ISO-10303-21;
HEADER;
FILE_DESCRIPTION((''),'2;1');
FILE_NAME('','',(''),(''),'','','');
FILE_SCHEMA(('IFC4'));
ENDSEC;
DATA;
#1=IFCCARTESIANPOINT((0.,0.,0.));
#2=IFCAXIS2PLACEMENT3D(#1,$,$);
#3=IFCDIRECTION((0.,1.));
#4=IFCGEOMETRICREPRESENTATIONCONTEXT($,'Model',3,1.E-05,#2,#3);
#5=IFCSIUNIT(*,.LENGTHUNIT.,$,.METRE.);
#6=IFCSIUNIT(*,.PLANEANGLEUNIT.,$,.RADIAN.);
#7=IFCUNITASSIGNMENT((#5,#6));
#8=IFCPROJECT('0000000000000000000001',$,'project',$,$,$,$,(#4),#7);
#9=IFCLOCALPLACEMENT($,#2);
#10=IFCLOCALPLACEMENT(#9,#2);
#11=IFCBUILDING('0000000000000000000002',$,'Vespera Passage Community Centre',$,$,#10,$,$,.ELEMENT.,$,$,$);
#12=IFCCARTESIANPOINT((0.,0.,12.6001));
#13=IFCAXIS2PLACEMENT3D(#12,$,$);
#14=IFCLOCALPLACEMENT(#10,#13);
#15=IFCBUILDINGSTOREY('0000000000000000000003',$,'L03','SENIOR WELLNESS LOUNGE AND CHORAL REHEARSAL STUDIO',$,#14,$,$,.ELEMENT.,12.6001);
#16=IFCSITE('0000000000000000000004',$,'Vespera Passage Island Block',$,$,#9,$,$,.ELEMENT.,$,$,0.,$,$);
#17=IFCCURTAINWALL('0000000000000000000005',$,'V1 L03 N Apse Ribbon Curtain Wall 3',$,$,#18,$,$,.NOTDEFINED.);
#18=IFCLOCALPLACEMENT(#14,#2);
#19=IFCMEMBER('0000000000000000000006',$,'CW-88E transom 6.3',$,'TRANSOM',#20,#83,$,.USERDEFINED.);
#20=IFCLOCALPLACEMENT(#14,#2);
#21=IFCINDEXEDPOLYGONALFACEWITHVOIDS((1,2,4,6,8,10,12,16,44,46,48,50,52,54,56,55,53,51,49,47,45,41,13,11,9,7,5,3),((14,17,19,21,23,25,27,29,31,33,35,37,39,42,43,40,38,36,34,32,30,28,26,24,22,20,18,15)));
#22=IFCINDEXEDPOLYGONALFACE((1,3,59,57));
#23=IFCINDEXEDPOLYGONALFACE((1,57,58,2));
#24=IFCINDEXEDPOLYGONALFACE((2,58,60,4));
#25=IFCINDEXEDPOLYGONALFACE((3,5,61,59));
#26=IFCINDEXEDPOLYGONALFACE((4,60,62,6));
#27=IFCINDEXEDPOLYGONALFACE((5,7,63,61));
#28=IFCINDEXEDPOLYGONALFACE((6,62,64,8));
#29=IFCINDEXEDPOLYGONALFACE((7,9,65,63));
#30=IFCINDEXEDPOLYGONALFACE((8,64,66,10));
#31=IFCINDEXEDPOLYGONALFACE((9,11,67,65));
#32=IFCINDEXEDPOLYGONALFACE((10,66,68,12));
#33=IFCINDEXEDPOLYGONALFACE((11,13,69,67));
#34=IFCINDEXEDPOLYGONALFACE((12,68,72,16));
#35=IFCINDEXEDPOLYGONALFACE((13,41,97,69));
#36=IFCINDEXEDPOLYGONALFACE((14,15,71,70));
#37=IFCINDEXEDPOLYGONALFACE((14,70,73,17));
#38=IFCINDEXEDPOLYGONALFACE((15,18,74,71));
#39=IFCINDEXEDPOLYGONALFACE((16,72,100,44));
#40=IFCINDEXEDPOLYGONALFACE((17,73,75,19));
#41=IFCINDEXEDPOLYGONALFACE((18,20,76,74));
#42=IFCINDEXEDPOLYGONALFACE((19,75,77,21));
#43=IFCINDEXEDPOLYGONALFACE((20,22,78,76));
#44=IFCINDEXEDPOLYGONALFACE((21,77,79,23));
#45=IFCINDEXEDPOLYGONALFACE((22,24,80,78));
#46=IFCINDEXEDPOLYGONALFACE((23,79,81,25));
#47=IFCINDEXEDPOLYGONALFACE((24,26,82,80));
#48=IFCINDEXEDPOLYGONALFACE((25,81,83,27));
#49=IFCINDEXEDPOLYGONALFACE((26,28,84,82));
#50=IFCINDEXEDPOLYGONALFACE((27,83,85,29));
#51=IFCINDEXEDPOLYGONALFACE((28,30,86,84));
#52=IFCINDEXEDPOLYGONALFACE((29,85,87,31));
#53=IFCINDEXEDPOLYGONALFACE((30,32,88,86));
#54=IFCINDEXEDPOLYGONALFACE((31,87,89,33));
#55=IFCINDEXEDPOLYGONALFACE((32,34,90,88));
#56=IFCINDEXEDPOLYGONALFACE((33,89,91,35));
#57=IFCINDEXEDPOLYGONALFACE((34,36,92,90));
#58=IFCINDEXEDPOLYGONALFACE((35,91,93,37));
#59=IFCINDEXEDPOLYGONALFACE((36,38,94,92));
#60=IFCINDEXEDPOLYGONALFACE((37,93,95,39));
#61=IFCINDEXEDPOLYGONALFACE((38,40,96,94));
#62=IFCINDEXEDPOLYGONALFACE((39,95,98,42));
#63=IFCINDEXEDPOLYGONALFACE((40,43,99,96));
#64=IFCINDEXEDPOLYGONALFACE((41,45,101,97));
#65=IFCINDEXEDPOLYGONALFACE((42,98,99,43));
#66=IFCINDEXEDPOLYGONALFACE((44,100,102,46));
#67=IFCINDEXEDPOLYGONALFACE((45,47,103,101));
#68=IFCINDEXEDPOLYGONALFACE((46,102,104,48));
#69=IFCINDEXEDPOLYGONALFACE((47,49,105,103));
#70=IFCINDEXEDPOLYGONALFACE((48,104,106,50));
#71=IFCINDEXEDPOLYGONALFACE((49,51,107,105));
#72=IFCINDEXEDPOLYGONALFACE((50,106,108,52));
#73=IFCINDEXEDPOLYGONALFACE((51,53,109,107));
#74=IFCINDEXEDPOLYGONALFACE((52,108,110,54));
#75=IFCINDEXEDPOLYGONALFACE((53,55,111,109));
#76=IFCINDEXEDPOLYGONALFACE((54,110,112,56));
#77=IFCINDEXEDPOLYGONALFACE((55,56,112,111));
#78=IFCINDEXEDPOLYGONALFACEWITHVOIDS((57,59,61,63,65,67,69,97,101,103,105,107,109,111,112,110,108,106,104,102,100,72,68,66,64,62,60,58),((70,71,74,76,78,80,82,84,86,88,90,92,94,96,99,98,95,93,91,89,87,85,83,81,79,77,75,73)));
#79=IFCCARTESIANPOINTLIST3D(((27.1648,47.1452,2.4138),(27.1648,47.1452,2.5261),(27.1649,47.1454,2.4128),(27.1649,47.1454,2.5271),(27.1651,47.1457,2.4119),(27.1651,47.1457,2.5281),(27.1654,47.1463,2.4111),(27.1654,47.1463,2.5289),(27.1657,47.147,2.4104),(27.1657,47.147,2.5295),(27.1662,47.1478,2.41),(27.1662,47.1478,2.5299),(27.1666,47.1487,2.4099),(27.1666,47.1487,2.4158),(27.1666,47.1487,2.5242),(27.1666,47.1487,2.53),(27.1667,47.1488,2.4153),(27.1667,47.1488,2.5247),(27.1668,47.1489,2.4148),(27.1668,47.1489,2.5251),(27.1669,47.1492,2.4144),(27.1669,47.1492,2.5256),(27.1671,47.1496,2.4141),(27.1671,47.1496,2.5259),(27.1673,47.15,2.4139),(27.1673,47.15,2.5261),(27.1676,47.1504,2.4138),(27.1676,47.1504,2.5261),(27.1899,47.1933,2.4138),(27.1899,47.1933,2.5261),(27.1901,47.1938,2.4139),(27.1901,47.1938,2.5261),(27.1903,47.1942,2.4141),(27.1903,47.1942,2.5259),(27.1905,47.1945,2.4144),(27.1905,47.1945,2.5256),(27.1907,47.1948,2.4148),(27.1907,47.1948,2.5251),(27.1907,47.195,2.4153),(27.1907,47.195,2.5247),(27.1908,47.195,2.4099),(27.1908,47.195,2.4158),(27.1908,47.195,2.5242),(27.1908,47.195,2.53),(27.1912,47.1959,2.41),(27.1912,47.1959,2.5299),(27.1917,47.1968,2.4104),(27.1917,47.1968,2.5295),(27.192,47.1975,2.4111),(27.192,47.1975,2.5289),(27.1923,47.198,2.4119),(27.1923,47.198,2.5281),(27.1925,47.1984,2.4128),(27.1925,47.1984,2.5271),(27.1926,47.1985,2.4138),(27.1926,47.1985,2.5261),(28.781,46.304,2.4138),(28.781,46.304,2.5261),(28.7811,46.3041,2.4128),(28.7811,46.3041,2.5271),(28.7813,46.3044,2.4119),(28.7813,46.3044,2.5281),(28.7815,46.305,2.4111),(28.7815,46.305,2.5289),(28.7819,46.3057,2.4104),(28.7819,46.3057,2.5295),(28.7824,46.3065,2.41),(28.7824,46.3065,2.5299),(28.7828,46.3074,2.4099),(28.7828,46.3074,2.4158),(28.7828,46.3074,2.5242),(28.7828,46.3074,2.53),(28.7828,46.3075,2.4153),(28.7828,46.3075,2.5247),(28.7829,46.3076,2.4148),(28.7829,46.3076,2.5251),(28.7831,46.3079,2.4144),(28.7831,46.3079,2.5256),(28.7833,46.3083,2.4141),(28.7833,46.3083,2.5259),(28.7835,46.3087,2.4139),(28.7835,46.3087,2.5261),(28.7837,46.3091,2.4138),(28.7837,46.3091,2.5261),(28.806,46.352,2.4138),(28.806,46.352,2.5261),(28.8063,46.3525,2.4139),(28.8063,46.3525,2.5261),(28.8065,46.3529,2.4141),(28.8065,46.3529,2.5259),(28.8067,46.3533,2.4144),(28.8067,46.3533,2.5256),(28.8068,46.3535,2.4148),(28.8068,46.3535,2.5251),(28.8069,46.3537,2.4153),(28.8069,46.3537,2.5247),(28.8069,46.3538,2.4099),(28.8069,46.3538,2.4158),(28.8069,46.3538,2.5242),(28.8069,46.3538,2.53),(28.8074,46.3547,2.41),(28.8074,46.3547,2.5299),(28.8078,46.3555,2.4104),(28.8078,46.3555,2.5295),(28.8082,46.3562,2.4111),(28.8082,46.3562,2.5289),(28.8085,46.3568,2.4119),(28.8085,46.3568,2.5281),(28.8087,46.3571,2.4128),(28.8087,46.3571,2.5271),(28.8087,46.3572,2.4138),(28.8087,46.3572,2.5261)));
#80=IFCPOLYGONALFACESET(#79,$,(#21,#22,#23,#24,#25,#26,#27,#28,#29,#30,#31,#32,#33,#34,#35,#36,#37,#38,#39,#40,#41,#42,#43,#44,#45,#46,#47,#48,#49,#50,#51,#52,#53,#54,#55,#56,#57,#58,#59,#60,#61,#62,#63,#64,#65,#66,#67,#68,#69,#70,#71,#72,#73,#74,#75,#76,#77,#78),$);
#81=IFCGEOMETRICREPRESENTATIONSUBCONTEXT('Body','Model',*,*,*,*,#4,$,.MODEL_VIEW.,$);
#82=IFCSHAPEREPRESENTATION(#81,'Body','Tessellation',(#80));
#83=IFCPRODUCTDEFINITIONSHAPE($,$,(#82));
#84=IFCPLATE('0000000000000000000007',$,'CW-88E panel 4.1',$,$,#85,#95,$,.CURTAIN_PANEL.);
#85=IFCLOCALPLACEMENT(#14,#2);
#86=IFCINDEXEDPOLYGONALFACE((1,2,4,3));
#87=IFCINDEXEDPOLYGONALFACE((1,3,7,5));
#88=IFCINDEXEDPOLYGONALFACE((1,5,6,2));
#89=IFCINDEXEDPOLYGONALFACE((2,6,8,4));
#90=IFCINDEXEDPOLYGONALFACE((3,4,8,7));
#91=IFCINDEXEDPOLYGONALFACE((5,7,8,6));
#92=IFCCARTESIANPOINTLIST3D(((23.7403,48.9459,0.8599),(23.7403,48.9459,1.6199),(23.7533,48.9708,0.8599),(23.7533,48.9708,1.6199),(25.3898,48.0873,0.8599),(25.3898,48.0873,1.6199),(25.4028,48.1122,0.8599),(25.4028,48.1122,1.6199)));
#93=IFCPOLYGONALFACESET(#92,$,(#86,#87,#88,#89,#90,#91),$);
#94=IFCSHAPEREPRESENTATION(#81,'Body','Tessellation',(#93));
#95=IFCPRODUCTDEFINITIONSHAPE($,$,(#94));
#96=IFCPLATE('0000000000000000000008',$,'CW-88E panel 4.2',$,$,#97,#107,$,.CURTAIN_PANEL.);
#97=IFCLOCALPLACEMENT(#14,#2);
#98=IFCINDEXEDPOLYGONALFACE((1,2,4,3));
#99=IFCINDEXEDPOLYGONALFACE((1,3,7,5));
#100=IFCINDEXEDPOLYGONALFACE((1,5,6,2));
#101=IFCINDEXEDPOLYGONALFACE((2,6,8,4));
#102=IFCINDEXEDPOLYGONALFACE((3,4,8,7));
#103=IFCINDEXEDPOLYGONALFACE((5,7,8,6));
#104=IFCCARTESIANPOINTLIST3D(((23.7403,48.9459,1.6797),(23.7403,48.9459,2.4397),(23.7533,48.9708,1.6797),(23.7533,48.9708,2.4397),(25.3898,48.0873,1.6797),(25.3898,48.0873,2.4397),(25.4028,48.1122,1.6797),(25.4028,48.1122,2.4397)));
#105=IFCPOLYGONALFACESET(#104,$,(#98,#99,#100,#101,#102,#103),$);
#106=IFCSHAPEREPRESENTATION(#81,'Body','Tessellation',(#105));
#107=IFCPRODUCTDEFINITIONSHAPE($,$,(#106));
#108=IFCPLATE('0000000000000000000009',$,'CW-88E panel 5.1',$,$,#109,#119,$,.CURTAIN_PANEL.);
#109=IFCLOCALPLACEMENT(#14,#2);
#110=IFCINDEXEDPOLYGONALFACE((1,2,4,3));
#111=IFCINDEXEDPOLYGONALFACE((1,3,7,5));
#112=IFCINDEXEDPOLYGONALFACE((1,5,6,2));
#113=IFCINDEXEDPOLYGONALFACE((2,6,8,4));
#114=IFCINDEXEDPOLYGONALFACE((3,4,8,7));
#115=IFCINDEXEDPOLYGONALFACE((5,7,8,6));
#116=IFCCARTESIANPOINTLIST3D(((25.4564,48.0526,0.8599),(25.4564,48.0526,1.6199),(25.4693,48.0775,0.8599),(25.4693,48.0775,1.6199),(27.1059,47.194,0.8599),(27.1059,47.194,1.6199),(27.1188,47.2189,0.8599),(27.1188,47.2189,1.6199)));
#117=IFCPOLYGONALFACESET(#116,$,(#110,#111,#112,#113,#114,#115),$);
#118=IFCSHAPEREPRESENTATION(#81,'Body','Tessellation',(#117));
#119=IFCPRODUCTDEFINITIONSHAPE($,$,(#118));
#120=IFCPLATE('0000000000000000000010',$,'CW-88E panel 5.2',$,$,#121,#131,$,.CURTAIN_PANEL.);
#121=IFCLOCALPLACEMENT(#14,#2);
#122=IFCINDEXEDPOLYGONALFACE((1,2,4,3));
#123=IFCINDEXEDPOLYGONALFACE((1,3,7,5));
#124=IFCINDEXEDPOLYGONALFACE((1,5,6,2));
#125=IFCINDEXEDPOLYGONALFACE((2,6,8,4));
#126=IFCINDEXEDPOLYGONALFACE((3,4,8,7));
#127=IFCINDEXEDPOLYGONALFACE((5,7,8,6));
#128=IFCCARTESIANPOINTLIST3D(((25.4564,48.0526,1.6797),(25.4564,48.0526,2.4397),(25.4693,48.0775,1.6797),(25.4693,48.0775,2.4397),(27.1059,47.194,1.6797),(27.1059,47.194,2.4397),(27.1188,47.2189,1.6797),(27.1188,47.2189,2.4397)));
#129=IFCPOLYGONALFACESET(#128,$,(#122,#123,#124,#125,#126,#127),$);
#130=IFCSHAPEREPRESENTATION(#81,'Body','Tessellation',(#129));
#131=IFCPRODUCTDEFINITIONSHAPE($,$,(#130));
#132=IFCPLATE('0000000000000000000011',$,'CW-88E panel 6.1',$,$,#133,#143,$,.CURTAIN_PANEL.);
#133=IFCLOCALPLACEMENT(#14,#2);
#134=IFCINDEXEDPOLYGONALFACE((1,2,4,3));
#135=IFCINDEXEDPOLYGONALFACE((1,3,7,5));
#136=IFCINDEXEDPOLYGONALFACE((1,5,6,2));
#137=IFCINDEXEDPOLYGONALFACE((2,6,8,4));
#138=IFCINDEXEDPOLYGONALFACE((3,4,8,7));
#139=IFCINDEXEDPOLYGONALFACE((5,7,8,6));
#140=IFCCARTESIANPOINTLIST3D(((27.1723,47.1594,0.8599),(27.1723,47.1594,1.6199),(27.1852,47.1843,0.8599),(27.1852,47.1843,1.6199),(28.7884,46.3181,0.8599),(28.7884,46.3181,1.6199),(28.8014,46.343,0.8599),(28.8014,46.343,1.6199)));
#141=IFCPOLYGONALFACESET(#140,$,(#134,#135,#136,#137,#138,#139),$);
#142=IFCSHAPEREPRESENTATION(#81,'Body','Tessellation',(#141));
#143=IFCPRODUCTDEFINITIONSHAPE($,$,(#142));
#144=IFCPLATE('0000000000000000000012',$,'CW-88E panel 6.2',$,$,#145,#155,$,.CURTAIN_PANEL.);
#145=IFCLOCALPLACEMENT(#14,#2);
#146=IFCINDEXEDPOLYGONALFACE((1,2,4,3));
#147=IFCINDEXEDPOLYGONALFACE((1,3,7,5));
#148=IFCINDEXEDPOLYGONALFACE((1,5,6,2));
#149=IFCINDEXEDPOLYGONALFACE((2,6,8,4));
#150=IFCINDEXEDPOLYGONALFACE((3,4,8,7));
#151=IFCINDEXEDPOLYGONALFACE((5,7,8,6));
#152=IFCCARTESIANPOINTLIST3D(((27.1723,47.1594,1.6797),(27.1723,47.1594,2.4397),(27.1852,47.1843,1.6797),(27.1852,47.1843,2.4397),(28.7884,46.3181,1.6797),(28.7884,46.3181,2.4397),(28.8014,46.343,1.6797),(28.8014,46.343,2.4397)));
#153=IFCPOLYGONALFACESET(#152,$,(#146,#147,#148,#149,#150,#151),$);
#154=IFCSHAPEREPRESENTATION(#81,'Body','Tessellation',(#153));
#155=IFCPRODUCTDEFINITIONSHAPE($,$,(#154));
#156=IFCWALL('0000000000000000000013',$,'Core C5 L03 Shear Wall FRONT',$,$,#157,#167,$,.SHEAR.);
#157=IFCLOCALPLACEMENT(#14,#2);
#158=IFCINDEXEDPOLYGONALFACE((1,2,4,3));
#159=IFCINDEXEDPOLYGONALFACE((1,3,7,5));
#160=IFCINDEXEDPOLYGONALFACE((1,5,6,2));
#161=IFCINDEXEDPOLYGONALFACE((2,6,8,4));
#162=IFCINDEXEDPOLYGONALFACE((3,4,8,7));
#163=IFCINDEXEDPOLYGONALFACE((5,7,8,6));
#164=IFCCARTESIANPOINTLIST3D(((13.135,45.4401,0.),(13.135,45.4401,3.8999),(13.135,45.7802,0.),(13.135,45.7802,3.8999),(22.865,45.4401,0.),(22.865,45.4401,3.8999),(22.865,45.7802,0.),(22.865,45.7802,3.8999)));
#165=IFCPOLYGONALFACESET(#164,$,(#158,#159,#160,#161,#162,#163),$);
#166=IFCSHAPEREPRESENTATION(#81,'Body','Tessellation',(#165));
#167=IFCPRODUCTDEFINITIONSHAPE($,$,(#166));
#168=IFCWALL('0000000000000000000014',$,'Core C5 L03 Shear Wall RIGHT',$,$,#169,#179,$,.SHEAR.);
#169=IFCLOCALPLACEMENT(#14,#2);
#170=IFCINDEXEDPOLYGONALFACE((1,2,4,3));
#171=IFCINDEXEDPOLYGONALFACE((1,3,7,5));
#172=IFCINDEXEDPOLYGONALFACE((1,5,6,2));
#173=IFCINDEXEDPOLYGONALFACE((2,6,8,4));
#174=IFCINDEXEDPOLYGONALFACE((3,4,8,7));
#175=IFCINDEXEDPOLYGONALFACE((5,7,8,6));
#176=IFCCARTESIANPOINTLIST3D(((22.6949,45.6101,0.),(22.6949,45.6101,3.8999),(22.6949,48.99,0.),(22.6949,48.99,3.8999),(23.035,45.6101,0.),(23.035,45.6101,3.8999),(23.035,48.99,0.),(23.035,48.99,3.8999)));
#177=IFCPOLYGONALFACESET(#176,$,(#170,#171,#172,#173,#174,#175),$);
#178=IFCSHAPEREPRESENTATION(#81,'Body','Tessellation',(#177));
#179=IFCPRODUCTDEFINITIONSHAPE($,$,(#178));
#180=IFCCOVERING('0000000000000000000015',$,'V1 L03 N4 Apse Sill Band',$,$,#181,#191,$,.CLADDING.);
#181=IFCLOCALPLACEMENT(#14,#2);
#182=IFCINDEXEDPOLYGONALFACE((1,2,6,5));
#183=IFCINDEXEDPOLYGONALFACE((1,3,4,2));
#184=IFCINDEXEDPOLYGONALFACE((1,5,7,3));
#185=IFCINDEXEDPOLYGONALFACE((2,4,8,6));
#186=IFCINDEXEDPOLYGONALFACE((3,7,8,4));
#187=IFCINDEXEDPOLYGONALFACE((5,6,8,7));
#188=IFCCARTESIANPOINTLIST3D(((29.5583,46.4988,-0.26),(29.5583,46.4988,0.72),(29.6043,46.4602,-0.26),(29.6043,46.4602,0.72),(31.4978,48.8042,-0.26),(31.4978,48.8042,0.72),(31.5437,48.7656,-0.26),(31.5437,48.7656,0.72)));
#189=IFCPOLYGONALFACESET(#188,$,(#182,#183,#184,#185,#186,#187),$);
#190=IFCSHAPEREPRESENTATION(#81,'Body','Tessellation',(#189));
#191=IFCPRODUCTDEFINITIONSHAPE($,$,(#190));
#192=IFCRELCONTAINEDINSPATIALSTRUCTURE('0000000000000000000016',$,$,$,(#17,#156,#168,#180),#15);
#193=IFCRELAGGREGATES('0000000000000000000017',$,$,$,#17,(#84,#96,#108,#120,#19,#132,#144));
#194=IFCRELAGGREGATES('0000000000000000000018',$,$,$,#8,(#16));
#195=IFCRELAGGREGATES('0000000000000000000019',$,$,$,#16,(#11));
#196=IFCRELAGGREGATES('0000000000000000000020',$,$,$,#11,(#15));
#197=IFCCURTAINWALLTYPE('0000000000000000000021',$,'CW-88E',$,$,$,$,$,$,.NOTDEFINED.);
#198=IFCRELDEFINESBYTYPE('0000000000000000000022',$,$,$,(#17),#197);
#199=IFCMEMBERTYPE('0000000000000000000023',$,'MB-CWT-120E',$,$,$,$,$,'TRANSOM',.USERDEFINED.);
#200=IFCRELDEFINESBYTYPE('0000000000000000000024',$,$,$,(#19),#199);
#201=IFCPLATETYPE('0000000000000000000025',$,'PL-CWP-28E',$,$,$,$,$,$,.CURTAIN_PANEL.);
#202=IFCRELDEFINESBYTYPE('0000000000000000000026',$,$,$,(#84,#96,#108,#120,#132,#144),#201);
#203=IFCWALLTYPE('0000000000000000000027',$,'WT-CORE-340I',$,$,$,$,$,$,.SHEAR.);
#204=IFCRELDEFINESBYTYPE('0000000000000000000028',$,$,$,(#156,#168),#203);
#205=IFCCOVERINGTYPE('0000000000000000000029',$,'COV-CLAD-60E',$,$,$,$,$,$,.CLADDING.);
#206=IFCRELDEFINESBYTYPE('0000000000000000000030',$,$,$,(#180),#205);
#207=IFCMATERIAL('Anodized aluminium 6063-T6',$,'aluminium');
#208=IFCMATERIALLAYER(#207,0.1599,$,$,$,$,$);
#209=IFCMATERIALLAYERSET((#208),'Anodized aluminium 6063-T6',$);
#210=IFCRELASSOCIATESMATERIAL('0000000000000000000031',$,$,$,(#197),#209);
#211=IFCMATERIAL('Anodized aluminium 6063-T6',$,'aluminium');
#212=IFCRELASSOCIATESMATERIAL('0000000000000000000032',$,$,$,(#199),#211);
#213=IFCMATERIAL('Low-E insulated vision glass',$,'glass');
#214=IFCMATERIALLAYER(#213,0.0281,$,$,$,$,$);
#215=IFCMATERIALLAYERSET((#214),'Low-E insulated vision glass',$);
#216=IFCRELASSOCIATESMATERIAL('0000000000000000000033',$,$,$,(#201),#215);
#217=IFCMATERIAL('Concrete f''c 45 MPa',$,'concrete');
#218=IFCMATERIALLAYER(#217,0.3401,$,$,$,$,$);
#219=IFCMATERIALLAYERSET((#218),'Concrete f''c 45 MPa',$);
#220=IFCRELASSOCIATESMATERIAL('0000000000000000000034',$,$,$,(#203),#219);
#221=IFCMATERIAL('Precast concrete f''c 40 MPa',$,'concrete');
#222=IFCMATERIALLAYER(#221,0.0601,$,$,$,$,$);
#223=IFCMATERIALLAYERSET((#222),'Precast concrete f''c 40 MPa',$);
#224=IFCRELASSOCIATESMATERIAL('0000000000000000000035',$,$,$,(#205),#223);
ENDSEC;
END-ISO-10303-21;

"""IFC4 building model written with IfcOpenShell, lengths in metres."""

from ifc_helpers import new_model, si_unit, direction, frame, frame_2d, origin, origin_2d, place, context, subcontext, project, spatial, rectangle, hollow_rectangle, extrude, material, layer, layer_set, material_profile, profile_set, type_object, element, aggregate, save


model = new_model("IFC4")

# Units and contexts
model_context = context("Model", 3, precision=1e-05, world=origin(), true_north=direction((0.0, 1.0)))
body_context = subcontext(model_context, "Body", "Model", "MODEL_VIEW")
ifc_project = project(units=[si_unit("LENGTHUNIT", "METRE"), si_unit("PLANEANGLEUNIT", "RADIAN")], contexts=[model_context])

# Site, building, storey
site_placement = place(None, origin())
site = spatial("IfcSite", under=ifc_project, at=site_placement, Name="Vespera Passage Island Block", CompositionType="ELEMENT", RefElevation=0.0)
building_placement = place(site_placement, origin())
building = spatial("IfcBuilding", under=site, at=building_placement, Name="Vespera Passage Community Centre", CompositionType="ELEMENT")
storey_placement = place(building_placement, frame((0.0, 0.0, 12.6001)))
storey = spatial("IfcBuildingStorey", under=building, at=storey_placement, Name="L03", Description="SENIOR WELLNESS LOUNGE AND CHORAL REHEARSAL STUDIO", CompositionType="ELEMENT", Elevation=12.6001)

# Curtain wall, member, plates
ifc_material_1 = material(Name="Anodized aluminium 6063-T6", Category="aluminium")
ifc_layer_1 = layer(ifc_material_1, 0.1599)
ifc_layer_set_1 = layer_set([ifc_layer_1], Name="Anodized aluminium 6063-T6")
curtain_wall_type = type_object("IfcCurtainWallType", Name="CW-88E", PredefinedType="NOTDEFINED", material=ifc_layer_set_1)
curtain_wall_placement = place(storey_placement, origin())
curtain_wall = element("IfcCurtainWall", 1, at=curtain_wall_placement, inside=storey, type_object=curtain_wall_type, Name="V1 L03 N Apse Ribbon Curtain Wall 3", PredefinedType="NOTDEFINED")
ifc_material_2 = material(Name="Anodized aluminium 6063-T6", Category="aluminium")
ifc_material_profile_1 = material_profile(ifc_material_2, hollow_rectangle(XDim=0.0601, YDim=0.1201, WallThickness=0.0039, InnerFilletRadius=0.002, OuterFilletRadius=0.0039, at=origin_2d()), Name="ALU120X60X4")
ifc_profile_set_1 = profile_set([ifc_material_profile_1], Name="Anodized aluminium 6063-T6")
member_type_1 = type_object("IfcMemberType", Name="MB-CWT-120E", ElementType="TRANSOM", PredefinedType="USERDEFINED", material=ifc_profile_set_1)
member_1_placement = place(storey_placement, frame((27.1787, 47.1719, 2.47), z_axis=(0.887019, -0.461732, 0.0), x_axis=(0.461732, 0.887019, 0.0)))
member_1 = element("IfcMember", 2, at=member_1_placement, type_object=member_type_1, Name="CW-88E transom 6.3", ObjectType="TRANSOM", PredefinedType="USERDEFINED", context=body_context, shape_type="SweptSolid", body=[
    extrude(hollow_rectangle(XDim=0.0601, YDim=0.1201, WallThickness=0.0039, InnerFilletRadius=0.002, OuterFilletRadius=0.0039, at=origin_2d()), origin(), (0.0, 0.0, 1.0), 1.822),
])
ifc_material_3 = material(Name="Low-E insulated vision glass", Category="glass")
ifc_layer_2 = layer(ifc_material_3, 0.0281)
ifc_layer_set_2 = layer_set([ifc_layer_2], Name="Low-E insulated vision glass")
plate_type = type_object("IfcPlateType", Name="PL-CWP-28E", PredefinedType="CURTAIN_PANEL", material=ifc_layer_set_2)
plate_1_placement = place(storey_placement, frame((24.5715, 48.5291, 0.8599), z_axis=(0.0, 0.0, 1.0), x_axis=(0.887013, -0.461745, 0.0)))
plate_1 = element("IfcPlate", 3, at=plate_1_placement, type_object=plate_type, Name="CW-88E panel 4.1", PredefinedType="CURTAIN_PANEL", context=body_context, shape_type="SweptSolid", body=[
    extrude(rectangle(XDim=1.8596, YDim=0.0281, at=origin_2d()), origin(), (0.0, 0.0, 1.0), 0.76),
])
plate_2_placement = place(storey_placement, frame((24.5715, 48.5291, 1.6797), z_axis=(0.0, 0.0, 1.0), x_axis=(0.887013, -0.461745, 0.0)))
plate_2 = element("IfcPlate", 4, at=plate_2_placement, type_object=plate_type, Name="CW-88E panel 4.2", PredefinedType="CURTAIN_PANEL", context=body_context, shape_type="SweptSolid", body=[
    extrude(rectangle(XDim=1.8596, YDim=0.0281, at=origin_2d()), origin(), (0.0, 0.0, 1.0), 0.76),
])
plate_3_placement = place(storey_placement, frame((26.2876, 47.6357, 0.8599), z_axis=(0.0, 0.0, 1.0), x_axis=(0.887013, -0.461745, 0.0)))
plate_3 = element("IfcPlate", 5, at=plate_3_placement, type_object=plate_type, Name="CW-88E panel 5.1", PredefinedType="CURTAIN_PANEL", context=body_context, shape_type="SweptSolid", body=[
    extrude(rectangle(XDim=1.8596, YDim=0.0281, at=origin_2d()), origin(), (0.0, 0.0, 1.0), 0.76),
])
plate_4_placement = place(storey_placement, frame((26.2876, 47.6357, 1.6797), z_axis=(0.0, 0.0, 1.0), x_axis=(0.887013, -0.461745, 0.0)))
plate_4 = element("IfcPlate", 6, at=plate_4_placement, type_object=plate_type, Name="CW-88E panel 5.2", PredefinedType="CURTAIN_PANEL", context=body_context, shape_type="SweptSolid", body=[
    extrude(rectangle(XDim=1.8596, YDim=0.0281, at=origin_2d()), origin(), (0.0, 0.0, 1.0), 0.76),
])
plate_5_placement = place(storey_placement, frame((27.9868, 46.7512, 0.8599), z_axis=(0.0, 0.0, 1.0), x_axis=(0.887013, -0.461745, 0.0)))
plate_5 = element("IfcPlate", 7, at=plate_5_placement, type_object=plate_type, Name="CW-88E panel 6.1", PredefinedType="CURTAIN_PANEL", context=body_context, shape_type="SweptSolid", body=[
    extrude(rectangle(XDim=1.822, YDim=0.0281, at=origin_2d()), origin(), (0.0, 0.0, 1.0), 0.76),
])
plate_6_placement = place(storey_placement, frame((27.9868, 46.7512, 1.6797), z_axis=(0.0, 0.0, 1.0), x_axis=(0.887013, -0.461745, 0.0)))
plate_6 = element("IfcPlate", 8, at=plate_6_placement, type_object=plate_type, Name="CW-88E panel 6.2", PredefinedType="CURTAIN_PANEL", context=body_context, shape_type="SweptSolid", body=[
    extrude(rectangle(XDim=1.822, YDim=0.0281, at=origin_2d()), origin(), (0.0, 0.0, 1.0), 0.76),
])
aggregate(curtain_wall, [plate_1, plate_2, plate_3, plate_4, member_1, plate_5, plate_6])

# Walls
ifc_material_4 = material(Name="Concrete f'c 45 MPa", Category="concrete")
ifc_layer_3 = layer(ifc_material_4, 0.3401)
ifc_layer_set_3 = layer_set([ifc_layer_3], Name="Concrete f'c 45 MPa")
wall_type = type_object("IfcWallType", Name="WT-CORE-340I", PredefinedType="SHEAR", material=ifc_layer_set_3)
wall_1_placement = place(storey_placement, frame((22.865, 45.6101, 0.0), z_axis=(0.0, 0.0, 1.0), x_axis=(-1.0, 0.0, 0.0)))
element("IfcWall", 9, at=wall_1_placement, inside=storey, type_object=wall_type, Name="Core C5 L03 Shear Wall FRONT", PredefinedType="SHEAR", context=body_context, shape_type="SweptSolid", body=[
    extrude(rectangle(XDim=9.73, YDim=0.3401, at=frame_2d((4.865, 0.0))), origin(), (0.0, 0.0, 1.0), 3.8999),
])
wall_2_placement = place(storey_placement, frame((22.865, 48.99, 0.0), z_axis=(0.0, 0.0, 1.0), x_axis=(0.0, -1.0, 0.0)))
element("IfcWall", 10, at=wall_2_placement, inside=storey, type_object=wall_type, Name="Core C5 L03 Shear Wall RIGHT", PredefinedType="SHEAR", context=body_context, shape_type="SweptSolid", body=[
    extrude(rectangle(XDim=3.3799, YDim=0.3401, at=frame_2d((1.6899, 0.0))), origin(), (0.0, 0.0, 1.0), 3.8999),
])

# Covering
ifc_material_5 = material(Name="Precast concrete f'c 40 MPa", Category="concrete")
ifc_layer_4 = layer(ifc_material_5, 0.0601)
ifc_layer_set_4 = layer_set([ifc_layer_4], Name="Precast concrete f'c 40 MPa")
covering_type = type_object("IfcCoveringType", Name="COV-CLAD-60E", PredefinedType="CLADDING", material=ifc_layer_set_4)
covering_placement = place(storey_placement, frame((29.5813, 46.4795, -0.26), z_axis=(0.0, 0.0, 1.0), x_axis=(0.643756, 0.765231, 0.0)))
element("IfcCovering", 11, at=covering_placement, inside=storey, type_object=covering_type, Name="V1 L03 N4 Apse Sill Band", PredefinedType="CLADDING", context=body_context, shape_type="SweptSolid", body=[
    extrude(rectangle(XDim=3.0127, YDim=0.0601, at=frame_2d((1.5063, 0.0))), origin(), (0.0, 0.0, 1.0), 0.98),
])

save(model, "model.ifc")
